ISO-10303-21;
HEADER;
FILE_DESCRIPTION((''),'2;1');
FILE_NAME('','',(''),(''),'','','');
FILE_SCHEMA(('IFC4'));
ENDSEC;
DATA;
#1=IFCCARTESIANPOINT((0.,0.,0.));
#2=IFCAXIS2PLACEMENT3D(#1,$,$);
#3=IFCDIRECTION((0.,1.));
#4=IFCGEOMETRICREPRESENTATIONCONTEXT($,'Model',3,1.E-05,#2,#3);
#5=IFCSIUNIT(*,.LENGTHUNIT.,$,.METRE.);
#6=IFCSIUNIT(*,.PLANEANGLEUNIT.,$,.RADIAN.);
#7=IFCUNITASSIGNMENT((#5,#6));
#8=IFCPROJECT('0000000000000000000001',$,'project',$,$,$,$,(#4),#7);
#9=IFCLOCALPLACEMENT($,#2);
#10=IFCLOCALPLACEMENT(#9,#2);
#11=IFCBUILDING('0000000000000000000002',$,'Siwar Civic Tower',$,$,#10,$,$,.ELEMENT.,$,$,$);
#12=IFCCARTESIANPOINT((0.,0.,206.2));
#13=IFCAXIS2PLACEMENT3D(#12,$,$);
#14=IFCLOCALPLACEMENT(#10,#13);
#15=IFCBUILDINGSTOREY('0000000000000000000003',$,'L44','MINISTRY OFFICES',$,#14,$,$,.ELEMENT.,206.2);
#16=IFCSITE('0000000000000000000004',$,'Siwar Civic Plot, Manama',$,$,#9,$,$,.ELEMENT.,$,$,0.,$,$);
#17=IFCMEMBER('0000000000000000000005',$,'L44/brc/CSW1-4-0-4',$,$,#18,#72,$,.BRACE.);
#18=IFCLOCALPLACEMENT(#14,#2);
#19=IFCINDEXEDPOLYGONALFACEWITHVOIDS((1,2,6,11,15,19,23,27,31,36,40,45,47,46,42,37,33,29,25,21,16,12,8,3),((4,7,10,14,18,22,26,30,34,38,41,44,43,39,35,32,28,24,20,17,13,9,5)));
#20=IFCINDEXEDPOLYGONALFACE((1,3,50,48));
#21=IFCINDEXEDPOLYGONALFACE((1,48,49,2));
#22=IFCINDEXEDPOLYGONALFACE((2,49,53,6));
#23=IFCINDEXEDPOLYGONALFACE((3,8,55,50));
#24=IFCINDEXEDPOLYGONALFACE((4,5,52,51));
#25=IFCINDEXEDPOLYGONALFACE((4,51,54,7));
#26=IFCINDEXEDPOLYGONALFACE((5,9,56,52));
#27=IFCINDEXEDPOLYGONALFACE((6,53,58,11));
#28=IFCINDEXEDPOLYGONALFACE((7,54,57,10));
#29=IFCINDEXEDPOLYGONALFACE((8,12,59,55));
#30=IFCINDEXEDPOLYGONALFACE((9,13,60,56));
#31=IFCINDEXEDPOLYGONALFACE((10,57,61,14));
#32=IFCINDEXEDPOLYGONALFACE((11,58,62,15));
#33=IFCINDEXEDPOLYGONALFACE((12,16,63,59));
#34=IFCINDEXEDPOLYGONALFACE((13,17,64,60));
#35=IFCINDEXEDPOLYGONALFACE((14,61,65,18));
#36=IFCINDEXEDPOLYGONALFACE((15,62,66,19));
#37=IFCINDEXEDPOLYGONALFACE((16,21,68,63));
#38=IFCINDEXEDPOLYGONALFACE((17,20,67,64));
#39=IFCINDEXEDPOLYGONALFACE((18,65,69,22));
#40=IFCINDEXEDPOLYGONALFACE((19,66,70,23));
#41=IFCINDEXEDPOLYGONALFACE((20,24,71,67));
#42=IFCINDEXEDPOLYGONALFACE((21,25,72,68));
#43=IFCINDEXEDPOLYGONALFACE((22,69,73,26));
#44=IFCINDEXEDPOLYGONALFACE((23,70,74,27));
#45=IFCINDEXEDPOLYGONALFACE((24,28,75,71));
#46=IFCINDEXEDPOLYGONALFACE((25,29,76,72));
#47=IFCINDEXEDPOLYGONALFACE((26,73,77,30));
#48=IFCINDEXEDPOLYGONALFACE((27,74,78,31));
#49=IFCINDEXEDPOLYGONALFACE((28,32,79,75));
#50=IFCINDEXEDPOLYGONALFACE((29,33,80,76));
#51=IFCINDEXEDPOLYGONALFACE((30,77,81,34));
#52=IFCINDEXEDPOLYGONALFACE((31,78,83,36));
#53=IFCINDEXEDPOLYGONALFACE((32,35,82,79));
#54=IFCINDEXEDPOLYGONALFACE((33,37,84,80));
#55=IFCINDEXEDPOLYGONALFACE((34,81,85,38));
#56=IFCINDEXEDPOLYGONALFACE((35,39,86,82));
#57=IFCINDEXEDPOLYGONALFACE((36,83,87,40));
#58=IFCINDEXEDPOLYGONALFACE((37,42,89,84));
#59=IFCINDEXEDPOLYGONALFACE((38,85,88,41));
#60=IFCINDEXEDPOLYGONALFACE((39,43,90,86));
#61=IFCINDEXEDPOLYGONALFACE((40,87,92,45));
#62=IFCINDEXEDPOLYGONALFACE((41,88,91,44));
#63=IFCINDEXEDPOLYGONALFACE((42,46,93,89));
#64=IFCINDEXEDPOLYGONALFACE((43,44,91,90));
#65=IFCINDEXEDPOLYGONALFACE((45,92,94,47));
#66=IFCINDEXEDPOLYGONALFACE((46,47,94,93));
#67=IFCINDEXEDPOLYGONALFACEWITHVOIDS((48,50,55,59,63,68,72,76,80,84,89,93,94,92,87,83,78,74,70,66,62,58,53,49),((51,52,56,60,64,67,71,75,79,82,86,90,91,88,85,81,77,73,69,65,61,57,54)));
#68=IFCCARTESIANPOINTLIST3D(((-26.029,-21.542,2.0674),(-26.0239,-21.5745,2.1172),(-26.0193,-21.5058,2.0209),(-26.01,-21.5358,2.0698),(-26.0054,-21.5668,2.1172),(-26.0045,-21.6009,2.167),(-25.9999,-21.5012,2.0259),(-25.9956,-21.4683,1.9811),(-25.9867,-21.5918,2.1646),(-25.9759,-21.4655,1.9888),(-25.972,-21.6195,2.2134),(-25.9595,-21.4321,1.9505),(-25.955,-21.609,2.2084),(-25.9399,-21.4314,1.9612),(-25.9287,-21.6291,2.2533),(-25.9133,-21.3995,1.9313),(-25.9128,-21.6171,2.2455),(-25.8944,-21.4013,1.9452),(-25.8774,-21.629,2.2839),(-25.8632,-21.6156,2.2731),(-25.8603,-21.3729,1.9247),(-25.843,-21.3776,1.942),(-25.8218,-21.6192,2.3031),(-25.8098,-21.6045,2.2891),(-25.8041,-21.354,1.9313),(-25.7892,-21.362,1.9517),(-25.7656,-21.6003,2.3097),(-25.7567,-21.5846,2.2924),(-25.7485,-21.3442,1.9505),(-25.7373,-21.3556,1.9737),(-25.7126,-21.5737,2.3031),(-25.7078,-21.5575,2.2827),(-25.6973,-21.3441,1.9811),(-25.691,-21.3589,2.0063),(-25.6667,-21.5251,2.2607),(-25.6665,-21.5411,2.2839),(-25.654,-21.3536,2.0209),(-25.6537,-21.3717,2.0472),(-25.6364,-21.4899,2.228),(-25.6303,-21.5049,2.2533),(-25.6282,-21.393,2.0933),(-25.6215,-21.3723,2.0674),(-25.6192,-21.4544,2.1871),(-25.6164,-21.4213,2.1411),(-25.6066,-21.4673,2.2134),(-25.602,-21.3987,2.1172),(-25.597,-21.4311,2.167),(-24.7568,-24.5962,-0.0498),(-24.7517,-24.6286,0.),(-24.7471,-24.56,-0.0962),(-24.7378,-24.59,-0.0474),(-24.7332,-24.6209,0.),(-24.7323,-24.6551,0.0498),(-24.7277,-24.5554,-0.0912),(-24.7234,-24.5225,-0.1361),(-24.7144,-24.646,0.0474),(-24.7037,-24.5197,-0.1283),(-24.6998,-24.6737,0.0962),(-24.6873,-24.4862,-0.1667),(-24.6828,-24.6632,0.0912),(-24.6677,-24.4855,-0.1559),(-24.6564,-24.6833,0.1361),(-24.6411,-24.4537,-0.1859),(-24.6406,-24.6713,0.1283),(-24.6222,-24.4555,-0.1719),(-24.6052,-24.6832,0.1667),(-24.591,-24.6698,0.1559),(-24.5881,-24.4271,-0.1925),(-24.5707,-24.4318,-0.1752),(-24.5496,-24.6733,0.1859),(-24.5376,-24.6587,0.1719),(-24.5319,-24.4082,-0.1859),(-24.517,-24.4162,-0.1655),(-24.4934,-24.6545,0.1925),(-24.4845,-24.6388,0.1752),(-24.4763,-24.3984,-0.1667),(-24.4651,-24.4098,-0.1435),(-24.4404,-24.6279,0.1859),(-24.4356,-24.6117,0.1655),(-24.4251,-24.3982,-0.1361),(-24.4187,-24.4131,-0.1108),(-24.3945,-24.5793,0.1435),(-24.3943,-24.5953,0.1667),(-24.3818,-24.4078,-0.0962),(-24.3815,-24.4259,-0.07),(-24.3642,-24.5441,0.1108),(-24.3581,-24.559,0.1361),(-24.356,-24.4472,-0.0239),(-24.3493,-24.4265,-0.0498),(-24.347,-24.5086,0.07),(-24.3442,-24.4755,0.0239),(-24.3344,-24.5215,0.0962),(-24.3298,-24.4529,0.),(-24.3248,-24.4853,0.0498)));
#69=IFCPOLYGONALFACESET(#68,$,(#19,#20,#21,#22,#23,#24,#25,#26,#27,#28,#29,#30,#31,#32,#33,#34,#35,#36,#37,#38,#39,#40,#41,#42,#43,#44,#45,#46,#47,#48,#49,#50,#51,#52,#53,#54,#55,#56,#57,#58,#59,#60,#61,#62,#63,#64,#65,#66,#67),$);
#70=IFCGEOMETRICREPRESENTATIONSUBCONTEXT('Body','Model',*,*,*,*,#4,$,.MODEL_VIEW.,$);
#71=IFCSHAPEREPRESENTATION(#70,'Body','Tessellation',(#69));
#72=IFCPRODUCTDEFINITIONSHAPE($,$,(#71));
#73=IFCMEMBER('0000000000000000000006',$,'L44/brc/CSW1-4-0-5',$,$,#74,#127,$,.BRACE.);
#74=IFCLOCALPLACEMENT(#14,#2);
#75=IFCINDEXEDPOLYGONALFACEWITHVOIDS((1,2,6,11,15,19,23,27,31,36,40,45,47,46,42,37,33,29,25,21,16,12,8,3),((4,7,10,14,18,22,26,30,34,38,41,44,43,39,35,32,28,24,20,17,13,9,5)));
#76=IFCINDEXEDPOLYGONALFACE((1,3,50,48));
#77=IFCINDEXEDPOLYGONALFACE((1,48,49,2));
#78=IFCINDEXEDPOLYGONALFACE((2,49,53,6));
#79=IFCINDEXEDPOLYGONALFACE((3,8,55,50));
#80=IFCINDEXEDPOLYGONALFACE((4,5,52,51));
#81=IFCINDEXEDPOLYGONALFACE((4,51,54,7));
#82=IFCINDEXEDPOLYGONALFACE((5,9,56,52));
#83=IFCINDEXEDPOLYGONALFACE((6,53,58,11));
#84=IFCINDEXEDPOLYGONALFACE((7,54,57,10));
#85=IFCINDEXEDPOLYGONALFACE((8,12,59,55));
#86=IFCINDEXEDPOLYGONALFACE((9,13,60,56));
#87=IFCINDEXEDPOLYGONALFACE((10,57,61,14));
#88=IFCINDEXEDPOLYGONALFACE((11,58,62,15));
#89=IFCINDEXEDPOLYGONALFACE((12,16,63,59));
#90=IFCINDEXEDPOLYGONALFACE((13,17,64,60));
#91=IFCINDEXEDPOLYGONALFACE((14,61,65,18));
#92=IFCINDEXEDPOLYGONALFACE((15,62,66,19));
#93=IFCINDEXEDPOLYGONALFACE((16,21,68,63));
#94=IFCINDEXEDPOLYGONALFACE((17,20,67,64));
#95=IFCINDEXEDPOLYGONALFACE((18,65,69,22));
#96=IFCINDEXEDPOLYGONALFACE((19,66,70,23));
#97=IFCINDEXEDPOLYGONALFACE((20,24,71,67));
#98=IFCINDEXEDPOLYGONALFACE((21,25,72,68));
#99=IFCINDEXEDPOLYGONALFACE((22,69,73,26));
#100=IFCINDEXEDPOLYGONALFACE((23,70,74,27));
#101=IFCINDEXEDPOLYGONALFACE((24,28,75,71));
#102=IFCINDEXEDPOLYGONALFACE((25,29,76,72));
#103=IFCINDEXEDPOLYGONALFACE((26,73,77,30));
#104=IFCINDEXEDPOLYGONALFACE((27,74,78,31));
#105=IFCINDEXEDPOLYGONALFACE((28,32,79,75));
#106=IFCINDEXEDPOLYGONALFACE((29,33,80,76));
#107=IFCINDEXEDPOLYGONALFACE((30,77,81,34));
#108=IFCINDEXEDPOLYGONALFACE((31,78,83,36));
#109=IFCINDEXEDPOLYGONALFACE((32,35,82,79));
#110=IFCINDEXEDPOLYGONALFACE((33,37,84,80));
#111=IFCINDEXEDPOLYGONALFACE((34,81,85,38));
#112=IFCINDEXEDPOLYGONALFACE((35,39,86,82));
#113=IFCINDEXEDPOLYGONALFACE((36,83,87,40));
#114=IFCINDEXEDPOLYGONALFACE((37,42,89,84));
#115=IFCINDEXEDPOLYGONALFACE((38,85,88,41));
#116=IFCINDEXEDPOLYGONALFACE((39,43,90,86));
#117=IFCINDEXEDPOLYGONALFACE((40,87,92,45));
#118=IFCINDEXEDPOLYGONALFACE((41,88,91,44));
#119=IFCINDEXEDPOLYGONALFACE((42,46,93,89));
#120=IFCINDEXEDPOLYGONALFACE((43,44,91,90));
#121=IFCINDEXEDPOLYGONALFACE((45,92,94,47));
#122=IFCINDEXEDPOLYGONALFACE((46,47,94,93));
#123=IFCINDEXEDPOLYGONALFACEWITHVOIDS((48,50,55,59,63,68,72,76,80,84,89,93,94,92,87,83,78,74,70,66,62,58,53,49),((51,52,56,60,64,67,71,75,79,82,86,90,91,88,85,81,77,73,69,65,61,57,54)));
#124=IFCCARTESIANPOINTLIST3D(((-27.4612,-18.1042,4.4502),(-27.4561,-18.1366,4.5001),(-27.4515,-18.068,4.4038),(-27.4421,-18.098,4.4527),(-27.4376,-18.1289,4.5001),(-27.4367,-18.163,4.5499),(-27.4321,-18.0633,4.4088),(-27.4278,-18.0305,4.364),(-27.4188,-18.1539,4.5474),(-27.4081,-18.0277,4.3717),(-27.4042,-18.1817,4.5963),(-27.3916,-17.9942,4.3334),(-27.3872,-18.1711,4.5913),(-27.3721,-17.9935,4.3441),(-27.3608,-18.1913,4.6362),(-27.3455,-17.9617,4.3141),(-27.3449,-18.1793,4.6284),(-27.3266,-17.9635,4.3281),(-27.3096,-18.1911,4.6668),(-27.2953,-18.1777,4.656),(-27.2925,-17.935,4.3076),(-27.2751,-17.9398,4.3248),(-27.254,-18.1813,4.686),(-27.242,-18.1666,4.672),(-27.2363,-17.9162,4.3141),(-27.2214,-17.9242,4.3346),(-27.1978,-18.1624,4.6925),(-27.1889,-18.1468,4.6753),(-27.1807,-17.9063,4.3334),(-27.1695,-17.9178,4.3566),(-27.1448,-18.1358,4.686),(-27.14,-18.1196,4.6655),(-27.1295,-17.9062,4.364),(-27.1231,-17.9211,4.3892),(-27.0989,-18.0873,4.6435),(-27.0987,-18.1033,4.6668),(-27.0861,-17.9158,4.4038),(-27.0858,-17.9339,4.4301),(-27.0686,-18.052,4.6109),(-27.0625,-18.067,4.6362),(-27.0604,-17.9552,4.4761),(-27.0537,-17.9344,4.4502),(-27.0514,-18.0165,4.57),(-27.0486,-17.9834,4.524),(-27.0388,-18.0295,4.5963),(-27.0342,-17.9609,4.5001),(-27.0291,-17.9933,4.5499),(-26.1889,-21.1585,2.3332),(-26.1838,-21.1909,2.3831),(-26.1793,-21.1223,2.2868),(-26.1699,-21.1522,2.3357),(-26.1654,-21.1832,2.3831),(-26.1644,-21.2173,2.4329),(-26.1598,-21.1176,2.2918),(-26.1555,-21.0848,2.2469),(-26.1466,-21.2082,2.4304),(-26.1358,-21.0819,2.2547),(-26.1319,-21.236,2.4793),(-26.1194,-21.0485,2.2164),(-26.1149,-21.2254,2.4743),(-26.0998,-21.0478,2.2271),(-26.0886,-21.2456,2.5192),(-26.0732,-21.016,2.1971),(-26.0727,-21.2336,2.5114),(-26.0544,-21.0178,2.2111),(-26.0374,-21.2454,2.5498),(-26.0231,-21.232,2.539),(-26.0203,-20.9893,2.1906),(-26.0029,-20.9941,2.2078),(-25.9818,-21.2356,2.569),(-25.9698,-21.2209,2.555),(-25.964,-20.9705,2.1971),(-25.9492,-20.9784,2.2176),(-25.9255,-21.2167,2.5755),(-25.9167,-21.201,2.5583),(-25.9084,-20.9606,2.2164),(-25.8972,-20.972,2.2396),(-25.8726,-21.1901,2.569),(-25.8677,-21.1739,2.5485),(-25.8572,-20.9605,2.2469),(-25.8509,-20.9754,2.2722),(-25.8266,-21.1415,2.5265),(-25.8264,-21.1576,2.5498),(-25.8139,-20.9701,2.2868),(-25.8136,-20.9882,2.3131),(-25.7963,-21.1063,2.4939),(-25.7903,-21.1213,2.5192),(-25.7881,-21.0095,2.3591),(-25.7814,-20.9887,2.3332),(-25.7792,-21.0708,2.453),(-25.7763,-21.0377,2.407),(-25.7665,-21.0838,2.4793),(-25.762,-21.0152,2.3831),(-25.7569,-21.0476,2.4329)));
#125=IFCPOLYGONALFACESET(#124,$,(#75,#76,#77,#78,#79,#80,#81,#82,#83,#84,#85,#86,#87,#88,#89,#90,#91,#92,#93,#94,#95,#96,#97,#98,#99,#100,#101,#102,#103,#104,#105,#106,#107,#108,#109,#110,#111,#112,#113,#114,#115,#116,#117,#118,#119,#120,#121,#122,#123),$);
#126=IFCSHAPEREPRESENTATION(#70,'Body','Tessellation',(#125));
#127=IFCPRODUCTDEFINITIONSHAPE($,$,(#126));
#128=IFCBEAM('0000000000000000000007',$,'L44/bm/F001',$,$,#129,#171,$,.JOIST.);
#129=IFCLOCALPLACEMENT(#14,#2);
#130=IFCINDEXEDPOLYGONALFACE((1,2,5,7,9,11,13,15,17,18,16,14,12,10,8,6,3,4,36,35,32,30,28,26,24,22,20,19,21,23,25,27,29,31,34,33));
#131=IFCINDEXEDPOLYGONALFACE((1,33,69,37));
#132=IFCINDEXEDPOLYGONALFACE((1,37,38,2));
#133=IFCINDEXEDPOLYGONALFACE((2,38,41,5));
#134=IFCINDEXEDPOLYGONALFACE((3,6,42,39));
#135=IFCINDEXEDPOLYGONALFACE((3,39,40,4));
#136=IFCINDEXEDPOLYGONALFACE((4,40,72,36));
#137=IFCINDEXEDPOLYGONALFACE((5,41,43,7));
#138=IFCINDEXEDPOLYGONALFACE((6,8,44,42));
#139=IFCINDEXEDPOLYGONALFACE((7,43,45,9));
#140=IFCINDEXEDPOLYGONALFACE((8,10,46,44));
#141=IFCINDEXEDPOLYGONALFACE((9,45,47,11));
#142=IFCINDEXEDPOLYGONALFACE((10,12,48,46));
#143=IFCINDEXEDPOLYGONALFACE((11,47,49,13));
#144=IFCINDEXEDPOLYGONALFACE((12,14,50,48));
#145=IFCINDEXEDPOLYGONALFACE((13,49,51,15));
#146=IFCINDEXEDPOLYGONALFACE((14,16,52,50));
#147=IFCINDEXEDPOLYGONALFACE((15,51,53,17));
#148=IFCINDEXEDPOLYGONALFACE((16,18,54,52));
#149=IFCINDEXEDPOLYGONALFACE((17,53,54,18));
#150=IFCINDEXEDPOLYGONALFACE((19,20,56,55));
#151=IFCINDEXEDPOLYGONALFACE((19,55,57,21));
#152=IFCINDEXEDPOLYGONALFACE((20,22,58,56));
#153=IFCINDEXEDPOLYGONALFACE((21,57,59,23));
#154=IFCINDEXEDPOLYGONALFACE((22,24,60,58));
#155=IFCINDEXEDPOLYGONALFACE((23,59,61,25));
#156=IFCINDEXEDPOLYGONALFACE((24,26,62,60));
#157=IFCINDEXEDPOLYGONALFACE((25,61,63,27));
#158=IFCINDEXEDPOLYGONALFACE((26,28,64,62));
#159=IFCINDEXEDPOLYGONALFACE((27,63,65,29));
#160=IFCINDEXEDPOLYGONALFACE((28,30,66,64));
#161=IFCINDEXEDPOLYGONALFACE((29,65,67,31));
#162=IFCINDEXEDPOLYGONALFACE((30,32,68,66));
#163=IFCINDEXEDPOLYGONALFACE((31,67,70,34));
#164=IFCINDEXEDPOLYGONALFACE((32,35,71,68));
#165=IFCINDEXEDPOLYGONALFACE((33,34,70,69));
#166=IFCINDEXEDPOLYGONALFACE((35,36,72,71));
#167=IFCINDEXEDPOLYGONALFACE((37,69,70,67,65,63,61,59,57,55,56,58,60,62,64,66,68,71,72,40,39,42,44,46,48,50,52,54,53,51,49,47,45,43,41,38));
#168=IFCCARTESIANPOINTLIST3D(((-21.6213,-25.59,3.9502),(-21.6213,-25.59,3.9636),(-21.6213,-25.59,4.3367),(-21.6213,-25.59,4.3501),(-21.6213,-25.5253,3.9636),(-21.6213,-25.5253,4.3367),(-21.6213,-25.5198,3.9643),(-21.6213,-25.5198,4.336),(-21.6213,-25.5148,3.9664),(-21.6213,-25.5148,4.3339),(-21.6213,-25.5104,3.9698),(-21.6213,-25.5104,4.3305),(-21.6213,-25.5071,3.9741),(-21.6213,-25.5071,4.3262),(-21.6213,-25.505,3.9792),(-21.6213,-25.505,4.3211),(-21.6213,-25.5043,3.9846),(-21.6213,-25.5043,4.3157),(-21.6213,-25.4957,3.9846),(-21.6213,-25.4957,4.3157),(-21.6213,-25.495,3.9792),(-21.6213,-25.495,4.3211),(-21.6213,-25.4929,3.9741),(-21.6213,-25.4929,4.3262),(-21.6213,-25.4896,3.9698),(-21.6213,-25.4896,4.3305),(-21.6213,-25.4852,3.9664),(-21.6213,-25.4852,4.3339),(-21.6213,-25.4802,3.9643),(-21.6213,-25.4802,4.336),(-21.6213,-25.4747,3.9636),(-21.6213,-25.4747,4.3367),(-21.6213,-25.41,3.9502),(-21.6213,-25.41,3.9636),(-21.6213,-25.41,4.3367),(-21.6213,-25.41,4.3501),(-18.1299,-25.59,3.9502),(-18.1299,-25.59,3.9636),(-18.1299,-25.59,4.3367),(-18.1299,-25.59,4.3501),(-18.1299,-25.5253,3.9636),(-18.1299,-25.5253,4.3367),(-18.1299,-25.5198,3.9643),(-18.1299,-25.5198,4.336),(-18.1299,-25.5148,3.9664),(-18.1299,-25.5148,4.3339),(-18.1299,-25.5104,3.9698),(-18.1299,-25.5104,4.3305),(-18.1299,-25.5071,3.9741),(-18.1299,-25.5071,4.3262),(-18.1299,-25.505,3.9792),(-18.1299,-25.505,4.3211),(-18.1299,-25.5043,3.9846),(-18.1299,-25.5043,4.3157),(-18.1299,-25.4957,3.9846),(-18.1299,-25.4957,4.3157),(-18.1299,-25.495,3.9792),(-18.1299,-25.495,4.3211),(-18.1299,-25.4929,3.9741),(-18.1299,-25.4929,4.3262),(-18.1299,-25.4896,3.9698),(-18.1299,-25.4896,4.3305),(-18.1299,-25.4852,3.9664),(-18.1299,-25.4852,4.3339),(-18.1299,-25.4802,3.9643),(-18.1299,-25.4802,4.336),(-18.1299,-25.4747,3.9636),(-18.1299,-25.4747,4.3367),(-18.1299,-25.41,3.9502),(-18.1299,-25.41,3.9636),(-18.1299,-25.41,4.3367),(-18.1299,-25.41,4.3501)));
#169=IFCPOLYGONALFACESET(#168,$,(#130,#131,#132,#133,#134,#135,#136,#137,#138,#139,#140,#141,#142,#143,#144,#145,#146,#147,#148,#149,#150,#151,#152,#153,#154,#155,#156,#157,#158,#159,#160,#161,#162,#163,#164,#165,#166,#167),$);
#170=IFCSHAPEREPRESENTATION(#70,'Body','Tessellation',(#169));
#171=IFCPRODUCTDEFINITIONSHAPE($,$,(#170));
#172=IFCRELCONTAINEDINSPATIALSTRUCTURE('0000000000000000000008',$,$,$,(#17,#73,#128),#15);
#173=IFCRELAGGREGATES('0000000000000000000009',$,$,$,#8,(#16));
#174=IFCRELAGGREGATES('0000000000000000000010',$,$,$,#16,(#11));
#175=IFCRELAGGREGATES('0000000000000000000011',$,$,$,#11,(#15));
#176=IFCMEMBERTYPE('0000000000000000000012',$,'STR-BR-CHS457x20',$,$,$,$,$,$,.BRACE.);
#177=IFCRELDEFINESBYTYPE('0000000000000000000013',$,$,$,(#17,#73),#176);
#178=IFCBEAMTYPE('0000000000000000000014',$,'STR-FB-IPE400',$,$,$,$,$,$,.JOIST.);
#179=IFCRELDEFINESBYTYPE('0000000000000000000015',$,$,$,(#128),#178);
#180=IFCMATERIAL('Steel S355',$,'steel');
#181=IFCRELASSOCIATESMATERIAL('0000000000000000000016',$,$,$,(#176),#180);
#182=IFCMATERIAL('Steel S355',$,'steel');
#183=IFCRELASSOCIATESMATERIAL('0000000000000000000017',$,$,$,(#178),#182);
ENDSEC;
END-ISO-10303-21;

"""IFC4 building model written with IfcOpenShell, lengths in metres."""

from ifc_helpers import new_model, si_unit, direction, frame, origin, origin_2d, place, context, subcontext, project, spatial, hollow_circle, i_section, extrude, material, material_profile, profile_set, type_object, element, save


model = new_model("IFC4")

# Units and contexts
model_context = context("Model", 3, precision=1e-05, world=origin(), true_north=direction((0.0, 1.0)))
body_context = subcontext(model_context, "Body", "Model", "MODEL_VIEW")
ifc_project = project(units=[si_unit("LENGTHUNIT", "METRE"), si_unit("PLANEANGLEUNIT", "RADIAN")], contexts=[model_context])

# Site, building, storey
site_placement = place(None, origin())
site = spatial("IfcSite", under=ifc_project, at=site_placement, Name="Siwar Civic Plot, Manama", CompositionType="ELEMENT", RefElevation=0.0)
building_placement = place(site_placement, origin())
building = spatial("IfcBuilding", under=site, at=building_placement, Name="Siwar Civic Tower", CompositionType="ELEMENT")
storey_placement = place(building_placement, frame((0.0, 0.0, 206.2)))
storey = spatial("IfcBuildingStorey", under=building, at=storey_placement, Name="L44", Description="MINISTRY OFFICES", CompositionType="ELEMENT", Elevation=206.2)

# Members
ifc_material_1 = material(Name="Steel S355", Category="steel")
ifc_material_profile_1 = material_profile(ifc_material_1, hollow_circle(Radius=0.2285, WallThickness=0.02, at=origin_2d()), Name="CHS457x20")
ifc_profile_set_1 = profile_set([ifc_material_profile_1], Name="Steel S355")
member_type_1 = type_object("IfcMemberType", Name="STR-BR-CHS457x20", PredefinedType="BRACE", material=ifc_profile_set_1)
for number, where, z_axis, x_axis, name in (
    (1, (-24.5408, -24.5408, 0.0), (-0.323884, 0.777546, 0.538999), (-0.923116, -0.384521, 0.0), "L44/brc/CSW1-4-0-4"),
    (2, (-25.9729, -21.103, 2.3831), (-0.323895, 0.777572, 0.538955), (-0.923116, -0.384521, 0.0), "L44/brc/CSW1-4-0-5"),
):
    element("IfcMember", number, at=place(storey_placement, frame(where, z_axis=z_axis, x_axis=x_axis)), inside=storey, type_object=member_type_1, Name=name, PredefinedType="BRACE", context=body_context, shape_type="SweptSolid", body=[
        extrude(hollow_circle(Radius=0.2285, WallThickness=0.02, at=origin_2d()), origin(), (0.0, 0.0, 1.0), 3.928),
    ])

# Beam
ifc_material_2 = material(Name="Steel S355", Category="steel")
ifc_material_profile_2 = material_profile(ifc_material_2, i_section(OverallWidth=0.1799, OverallDepth=0.3999, WebThickness=0.0085, FlangeThickness=0.0134, FilletRadius=0.021, at=origin_2d()), Name="IPE400")
ifc_profile_set_2 = profile_set([ifc_material_profile_2], Name="Steel S355")
beam_type_1 = type_object("IfcBeamType", Name="STR-FB-IPE400", PredefinedType="JOIST", material=ifc_profile_set_2)
beam_1_placement = place(storey_placement, frame((-21.6213, -25.5, 4.1501), z_axis=(1.0, 0.0, 0.0), x_axis=(0.0, 1.0, 0.0)))
element("IfcBeam", 3, at=beam_1_placement, inside=storey, type_object=beam_type_1, Name="L44/bm/F001", PredefinedType="JOIST", context=body_context, shape_type="SweptSolid", body=[
    extrude(i_section(OverallWidth=0.1799, OverallDepth=0.3999, WebThickness=0.0085, FlangeThickness=0.0134, FilletRadius=0.021, at=origin_2d()), origin(), (0.0, 0.0, 1.0), 3.4915),
])

save(model, "model.ifc")
